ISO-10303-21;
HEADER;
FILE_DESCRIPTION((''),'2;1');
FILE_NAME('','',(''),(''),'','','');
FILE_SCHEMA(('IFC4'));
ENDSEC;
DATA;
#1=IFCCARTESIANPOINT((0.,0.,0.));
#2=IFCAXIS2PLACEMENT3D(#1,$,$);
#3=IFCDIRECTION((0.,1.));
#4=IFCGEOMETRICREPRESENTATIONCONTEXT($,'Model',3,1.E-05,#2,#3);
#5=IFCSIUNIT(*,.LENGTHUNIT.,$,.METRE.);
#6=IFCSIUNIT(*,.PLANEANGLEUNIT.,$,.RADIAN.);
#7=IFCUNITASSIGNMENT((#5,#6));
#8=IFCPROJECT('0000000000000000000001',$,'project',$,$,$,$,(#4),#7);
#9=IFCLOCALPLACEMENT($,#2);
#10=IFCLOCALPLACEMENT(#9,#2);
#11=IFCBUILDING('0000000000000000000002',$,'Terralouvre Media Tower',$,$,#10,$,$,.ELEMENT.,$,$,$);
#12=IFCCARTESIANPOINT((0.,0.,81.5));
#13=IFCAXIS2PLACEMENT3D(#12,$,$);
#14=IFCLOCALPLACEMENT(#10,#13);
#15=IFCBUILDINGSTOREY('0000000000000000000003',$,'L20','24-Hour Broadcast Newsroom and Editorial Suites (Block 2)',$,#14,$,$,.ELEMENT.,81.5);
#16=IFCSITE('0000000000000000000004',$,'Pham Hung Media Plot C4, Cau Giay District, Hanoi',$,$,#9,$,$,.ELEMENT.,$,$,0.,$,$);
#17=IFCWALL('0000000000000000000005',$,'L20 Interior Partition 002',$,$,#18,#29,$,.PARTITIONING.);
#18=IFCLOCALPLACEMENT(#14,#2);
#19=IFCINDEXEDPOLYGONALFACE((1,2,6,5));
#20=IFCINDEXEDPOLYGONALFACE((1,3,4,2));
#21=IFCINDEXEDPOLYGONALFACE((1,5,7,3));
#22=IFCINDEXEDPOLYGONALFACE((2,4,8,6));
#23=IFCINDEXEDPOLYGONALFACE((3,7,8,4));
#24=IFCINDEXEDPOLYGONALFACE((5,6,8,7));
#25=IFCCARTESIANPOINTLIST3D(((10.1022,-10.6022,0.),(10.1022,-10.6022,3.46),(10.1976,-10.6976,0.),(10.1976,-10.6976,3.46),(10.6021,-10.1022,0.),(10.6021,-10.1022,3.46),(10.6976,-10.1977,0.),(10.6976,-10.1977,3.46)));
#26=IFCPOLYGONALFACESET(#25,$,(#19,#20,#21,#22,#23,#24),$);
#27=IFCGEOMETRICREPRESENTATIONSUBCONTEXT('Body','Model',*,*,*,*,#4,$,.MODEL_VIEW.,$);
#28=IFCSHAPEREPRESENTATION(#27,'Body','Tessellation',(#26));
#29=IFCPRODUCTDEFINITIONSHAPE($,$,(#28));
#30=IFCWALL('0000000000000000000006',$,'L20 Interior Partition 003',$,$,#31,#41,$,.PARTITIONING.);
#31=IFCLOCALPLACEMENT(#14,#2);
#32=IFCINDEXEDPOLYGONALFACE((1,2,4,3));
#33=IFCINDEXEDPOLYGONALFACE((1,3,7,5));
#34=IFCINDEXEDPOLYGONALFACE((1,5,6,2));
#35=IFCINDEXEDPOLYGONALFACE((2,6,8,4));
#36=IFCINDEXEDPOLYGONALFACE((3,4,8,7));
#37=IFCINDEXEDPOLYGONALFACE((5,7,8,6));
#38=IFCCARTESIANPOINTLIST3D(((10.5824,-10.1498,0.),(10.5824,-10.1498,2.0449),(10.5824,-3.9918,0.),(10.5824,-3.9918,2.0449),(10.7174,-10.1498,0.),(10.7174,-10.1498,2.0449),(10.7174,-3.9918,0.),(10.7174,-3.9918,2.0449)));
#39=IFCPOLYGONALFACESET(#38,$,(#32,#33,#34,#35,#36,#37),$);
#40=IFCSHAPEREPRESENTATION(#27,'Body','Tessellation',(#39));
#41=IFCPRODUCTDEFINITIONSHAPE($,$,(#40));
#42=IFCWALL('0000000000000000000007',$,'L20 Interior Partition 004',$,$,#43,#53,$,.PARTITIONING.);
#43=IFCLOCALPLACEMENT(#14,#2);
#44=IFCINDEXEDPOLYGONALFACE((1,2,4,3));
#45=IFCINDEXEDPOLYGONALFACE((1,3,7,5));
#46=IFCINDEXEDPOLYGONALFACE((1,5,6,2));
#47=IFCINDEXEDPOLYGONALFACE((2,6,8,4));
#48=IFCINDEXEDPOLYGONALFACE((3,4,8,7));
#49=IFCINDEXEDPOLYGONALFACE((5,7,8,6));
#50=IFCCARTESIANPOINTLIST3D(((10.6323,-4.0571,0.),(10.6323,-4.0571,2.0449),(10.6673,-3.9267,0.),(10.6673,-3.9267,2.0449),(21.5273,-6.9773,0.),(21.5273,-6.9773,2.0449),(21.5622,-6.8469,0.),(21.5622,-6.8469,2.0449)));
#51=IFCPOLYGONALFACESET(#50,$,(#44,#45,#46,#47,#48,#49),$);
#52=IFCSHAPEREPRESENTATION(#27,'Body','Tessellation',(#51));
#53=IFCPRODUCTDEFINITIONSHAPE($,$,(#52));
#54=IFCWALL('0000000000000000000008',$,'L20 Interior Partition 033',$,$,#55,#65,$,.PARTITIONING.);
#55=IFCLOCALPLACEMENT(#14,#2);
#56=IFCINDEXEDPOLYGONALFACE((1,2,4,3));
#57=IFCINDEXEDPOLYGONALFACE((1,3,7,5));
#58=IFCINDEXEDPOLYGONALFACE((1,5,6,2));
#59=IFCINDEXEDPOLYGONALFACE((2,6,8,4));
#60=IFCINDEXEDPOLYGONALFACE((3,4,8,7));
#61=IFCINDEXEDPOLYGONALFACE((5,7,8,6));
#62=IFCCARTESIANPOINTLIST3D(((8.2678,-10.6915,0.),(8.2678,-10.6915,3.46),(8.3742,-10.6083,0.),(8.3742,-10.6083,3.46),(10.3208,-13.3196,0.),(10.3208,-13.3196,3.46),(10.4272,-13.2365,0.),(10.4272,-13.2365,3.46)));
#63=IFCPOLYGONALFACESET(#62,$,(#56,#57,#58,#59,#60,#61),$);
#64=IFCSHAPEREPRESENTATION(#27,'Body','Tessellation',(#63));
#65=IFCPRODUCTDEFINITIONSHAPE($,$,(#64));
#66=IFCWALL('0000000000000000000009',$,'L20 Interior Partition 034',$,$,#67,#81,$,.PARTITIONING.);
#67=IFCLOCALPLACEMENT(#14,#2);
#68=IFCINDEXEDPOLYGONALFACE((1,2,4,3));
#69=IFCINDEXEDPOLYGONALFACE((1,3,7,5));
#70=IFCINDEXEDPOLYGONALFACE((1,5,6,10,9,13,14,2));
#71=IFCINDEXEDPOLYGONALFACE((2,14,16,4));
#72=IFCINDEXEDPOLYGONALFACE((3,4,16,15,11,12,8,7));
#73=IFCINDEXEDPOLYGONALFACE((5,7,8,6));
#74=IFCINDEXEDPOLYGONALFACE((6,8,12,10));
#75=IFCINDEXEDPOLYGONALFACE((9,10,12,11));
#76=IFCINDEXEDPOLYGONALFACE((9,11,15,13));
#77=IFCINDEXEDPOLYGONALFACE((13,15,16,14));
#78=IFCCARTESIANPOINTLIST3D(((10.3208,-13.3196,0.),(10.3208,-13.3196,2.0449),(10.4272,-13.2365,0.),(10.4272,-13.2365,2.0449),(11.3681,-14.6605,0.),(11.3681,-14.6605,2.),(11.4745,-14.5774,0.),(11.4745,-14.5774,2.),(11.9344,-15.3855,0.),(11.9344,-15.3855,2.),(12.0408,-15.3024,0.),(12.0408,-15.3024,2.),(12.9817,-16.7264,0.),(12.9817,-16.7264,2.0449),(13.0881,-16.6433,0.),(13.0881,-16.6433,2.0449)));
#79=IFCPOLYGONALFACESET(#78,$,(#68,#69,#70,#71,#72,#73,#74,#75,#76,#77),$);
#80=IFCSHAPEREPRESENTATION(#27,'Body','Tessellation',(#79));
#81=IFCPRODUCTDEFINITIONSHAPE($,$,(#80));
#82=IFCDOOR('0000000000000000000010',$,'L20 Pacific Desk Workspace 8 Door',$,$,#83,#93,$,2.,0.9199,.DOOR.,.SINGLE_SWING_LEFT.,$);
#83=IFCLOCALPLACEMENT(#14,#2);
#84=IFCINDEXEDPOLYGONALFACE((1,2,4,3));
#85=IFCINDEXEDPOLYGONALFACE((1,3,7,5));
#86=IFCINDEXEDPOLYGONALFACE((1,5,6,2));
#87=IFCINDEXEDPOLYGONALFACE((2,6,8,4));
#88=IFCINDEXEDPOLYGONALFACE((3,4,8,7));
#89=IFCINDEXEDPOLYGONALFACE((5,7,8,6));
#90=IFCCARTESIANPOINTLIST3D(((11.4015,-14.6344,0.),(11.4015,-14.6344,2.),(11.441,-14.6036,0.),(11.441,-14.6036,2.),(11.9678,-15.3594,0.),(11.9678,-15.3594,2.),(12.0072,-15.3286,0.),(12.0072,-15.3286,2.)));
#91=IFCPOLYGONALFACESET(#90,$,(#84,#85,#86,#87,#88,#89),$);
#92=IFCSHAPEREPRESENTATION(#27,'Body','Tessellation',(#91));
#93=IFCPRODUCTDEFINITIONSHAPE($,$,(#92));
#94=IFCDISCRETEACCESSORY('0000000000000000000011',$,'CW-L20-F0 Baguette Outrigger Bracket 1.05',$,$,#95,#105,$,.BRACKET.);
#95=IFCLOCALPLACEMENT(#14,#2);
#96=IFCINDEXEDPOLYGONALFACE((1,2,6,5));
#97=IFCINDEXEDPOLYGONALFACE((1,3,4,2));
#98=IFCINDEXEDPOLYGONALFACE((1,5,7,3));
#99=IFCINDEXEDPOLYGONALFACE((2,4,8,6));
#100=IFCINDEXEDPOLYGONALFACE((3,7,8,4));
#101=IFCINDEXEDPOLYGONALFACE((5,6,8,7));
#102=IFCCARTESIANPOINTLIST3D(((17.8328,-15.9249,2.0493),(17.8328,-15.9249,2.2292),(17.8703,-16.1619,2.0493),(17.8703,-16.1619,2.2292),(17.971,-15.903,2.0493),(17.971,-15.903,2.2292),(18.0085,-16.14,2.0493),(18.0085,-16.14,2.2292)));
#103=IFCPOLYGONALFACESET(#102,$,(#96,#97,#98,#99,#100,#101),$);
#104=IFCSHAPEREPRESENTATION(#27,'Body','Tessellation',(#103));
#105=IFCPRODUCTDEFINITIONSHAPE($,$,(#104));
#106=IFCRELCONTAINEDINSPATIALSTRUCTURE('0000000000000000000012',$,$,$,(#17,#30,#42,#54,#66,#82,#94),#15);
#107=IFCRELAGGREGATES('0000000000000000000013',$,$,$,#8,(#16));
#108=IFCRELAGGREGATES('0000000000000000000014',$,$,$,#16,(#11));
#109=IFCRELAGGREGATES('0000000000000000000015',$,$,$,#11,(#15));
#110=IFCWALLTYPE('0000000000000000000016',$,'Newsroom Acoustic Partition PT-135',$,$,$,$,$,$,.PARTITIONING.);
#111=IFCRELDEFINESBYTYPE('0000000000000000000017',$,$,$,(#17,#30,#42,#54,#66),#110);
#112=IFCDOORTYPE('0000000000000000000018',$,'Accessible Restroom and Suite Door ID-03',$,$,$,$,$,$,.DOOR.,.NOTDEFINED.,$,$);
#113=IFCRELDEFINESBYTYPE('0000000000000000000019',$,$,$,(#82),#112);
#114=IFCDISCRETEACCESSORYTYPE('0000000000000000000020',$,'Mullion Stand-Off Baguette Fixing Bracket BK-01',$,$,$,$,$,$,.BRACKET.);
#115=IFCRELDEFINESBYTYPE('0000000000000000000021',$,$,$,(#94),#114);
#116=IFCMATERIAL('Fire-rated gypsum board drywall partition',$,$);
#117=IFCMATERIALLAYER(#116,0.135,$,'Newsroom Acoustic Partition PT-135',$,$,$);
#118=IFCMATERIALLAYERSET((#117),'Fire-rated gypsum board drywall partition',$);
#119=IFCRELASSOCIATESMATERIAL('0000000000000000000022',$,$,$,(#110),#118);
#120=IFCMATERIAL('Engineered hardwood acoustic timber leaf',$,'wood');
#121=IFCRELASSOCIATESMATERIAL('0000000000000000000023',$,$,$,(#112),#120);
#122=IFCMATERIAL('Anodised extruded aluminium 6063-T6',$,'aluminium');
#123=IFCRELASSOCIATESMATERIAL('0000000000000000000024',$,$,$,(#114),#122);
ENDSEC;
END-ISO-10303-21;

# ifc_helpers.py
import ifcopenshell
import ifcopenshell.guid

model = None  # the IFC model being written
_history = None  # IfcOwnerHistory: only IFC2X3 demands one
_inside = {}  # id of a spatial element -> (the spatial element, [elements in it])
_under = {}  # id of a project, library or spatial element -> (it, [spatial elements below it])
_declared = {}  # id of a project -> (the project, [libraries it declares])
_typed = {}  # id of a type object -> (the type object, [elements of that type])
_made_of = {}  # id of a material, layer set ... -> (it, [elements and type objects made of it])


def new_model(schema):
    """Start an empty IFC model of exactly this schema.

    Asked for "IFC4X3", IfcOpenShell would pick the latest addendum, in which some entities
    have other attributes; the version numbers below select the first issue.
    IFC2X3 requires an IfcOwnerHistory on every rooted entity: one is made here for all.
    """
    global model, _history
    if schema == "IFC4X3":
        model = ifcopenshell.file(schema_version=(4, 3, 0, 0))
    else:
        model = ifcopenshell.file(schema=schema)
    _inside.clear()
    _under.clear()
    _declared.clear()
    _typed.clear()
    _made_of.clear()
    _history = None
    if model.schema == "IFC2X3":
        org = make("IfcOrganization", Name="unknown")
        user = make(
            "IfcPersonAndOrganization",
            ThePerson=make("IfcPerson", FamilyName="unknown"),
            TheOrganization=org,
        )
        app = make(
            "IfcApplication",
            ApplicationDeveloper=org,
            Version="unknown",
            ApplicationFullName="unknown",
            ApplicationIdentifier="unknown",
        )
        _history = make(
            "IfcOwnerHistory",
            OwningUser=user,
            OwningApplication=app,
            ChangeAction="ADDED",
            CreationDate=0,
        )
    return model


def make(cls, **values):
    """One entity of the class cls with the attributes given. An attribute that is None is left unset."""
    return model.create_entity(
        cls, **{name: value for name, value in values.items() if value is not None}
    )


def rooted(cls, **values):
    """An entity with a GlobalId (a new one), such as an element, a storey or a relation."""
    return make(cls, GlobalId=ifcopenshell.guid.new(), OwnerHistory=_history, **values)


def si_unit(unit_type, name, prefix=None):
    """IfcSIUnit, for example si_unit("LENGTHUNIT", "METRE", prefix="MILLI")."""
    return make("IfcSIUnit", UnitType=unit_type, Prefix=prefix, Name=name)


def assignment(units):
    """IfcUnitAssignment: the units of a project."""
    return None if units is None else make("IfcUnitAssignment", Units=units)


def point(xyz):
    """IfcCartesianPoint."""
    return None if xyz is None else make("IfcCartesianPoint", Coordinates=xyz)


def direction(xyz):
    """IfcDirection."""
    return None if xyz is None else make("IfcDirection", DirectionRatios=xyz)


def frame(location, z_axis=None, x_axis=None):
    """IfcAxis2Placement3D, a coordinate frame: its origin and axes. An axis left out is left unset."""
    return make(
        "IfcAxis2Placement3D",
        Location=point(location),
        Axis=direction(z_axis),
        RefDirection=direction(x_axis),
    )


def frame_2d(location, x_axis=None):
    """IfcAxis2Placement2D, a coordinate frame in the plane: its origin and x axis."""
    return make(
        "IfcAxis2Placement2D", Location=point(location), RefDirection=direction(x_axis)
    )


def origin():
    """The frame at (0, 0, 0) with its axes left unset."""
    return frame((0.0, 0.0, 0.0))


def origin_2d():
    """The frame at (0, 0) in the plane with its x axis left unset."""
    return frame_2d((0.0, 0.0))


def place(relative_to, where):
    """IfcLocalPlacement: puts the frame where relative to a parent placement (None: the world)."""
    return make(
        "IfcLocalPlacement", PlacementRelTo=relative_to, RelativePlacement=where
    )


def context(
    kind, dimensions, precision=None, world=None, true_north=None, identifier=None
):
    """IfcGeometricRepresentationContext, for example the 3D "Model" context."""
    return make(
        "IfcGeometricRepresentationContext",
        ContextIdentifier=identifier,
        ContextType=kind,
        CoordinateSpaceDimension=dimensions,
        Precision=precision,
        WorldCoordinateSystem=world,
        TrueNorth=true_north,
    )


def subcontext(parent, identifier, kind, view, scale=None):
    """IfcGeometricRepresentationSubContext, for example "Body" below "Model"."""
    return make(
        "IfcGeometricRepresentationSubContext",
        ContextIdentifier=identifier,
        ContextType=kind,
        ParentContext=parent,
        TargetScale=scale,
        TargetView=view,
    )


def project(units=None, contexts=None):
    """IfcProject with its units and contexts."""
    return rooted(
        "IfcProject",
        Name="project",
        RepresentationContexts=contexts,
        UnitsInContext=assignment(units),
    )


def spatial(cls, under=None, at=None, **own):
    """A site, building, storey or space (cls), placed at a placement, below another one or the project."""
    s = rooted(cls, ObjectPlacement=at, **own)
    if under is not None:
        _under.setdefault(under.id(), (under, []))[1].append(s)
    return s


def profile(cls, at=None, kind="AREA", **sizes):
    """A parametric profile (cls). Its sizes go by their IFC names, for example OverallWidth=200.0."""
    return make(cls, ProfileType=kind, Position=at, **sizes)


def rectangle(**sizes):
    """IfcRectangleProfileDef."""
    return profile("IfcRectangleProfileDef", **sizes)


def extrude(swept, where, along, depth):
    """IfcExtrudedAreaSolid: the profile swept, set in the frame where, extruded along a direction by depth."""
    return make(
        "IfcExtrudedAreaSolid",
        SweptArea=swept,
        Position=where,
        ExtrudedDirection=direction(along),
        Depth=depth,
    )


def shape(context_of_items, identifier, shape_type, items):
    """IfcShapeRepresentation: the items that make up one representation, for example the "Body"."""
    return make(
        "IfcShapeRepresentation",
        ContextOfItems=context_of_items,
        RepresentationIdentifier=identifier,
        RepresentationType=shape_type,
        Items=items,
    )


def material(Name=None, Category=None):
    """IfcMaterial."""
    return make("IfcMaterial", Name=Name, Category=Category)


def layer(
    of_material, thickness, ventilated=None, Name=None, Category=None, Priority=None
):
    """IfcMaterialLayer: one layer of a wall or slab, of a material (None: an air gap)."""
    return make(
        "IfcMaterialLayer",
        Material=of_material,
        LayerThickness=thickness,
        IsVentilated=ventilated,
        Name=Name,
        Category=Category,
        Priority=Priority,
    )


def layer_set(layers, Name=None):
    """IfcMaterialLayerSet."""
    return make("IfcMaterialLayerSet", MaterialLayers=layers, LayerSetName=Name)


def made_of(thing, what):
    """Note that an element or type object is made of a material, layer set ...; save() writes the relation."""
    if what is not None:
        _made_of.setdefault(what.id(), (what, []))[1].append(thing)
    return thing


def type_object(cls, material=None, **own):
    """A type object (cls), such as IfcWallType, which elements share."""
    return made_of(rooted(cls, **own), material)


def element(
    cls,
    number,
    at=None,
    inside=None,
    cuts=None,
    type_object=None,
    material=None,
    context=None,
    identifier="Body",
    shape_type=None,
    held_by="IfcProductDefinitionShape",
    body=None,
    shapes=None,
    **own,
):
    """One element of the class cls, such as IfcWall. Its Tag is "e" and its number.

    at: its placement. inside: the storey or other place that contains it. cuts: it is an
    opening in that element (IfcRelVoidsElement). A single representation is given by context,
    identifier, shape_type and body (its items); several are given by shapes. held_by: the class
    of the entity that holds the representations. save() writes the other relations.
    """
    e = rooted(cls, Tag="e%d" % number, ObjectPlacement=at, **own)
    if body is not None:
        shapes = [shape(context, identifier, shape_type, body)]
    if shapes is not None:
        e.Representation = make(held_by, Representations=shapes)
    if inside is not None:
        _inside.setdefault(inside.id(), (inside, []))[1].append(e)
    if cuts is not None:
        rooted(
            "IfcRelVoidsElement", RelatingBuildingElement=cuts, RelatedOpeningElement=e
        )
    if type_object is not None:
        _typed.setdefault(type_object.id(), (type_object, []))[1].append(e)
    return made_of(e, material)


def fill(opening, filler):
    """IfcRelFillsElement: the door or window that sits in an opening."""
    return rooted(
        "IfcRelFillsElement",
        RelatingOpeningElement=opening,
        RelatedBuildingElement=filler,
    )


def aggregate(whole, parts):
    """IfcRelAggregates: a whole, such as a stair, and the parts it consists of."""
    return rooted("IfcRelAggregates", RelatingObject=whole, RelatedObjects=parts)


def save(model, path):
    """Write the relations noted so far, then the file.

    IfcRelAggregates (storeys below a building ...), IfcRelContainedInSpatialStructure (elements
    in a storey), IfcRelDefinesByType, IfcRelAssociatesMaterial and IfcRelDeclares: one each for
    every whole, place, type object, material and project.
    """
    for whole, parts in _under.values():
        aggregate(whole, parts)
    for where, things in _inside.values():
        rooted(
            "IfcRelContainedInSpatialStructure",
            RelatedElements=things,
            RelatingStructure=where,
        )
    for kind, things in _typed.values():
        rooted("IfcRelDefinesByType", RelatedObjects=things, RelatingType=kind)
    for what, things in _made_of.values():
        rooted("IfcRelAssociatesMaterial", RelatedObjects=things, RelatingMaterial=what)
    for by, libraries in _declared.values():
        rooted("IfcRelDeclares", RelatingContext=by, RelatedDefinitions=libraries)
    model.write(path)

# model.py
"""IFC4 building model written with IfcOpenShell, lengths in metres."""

from ifc_helpers import new_model, si_unit, direction, frame, frame_2d, origin, origin_2d, place, context, subcontext, project, spatial, rectangle, extrude, material, layer, layer_set, type_object, element, fill, save


model = new_model("IFC4")

# Units and contexts
model_context = context("Model", 3, precision=1e-05, world=origin(), true_north=direction((0.0, 1.0)))
body_context = subcontext(model_context, "Body", "Model", "MODEL_VIEW")
ifc_project = project(units=[si_unit("LENGTHUNIT", "METRE"), si_unit("PLANEANGLEUNIT", "RADIAN")], contexts=[model_context])

# Site, building, storey
site_placement = place(None, origin())
site = spatial("IfcSite", under=ifc_project, at=site_placement, Name="Pham Hung Media Plot C4, Cau Giay District, Hanoi", CompositionType="ELEMENT", RefElevation=0.0)
building_placement = place(site_placement, origin())
building = spatial("IfcBuilding", under=site, at=building_placement, Name="Terralouvre Media Tower", CompositionType="ELEMENT")
storey_placement = place(building_placement, frame((0.0, 0.0, 81.5)))
storey = spatial("IfcBuildingStorey", under=building, at=storey_placement, Name="L20", Description="24-Hour Broadcast Newsroom and Editorial Suites (Block 2)", CompositionType="ELEMENT", Elevation=81.5)

# Walls
ifc_material_1 = material(Name="Fire-rated gypsum board drywall partition")
ifc_layer_1 = layer(ifc_material_1, 0.135, Name="Newsroom Acoustic Partition PT-135")
ifc_layer_set_1 = layer_set([ifc_layer_1], Name="Fire-rated gypsum board drywall partition")
wall_type_1 = type_object("IfcWallType", Name="Newsroom Acoustic Partition PT-135", PredefinedType="PARTITIONING", material=ifc_layer_set_1)
wall_1_placement = place(storey_placement, frame((10.1499, -10.6499, 0.0), z_axis=(0.0, 0.0, 1.0), x_axis=(0.707107, 0.707107, 0.0)))
element("IfcWall", 1, at=wall_1_placement, inside=storey, type_object=wall_type_1, Name="L20 Interior Partition 002", PredefinedType="PARTITIONING", context=body_context, shape_type="SweptSolid", body=[
    extrude(rectangle(XDim=0.707, YDim=0.135, at=frame_2d((0.3535, 0.0))), origin(), (0.0, 0.0, 1.0), 3.46),
])
wall_2_placement = place(storey_placement, frame((10.6499, -10.1499, 0.0), z_axis=(0.0, 0.0, 1.0), x_axis=(0.0, 1.0, 0.0)))
element("IfcWall", 2, at=wall_2_placement, inside=storey, type_object=wall_type_1, Name="L20 Interior Partition 003", PredefinedType="PARTITIONING", context=body_context, shape_type="SweptSolid", body=[
    extrude(rectangle(XDim=6.158, YDim=0.135, at=frame_2d((3.0791, 0.0))), origin(), (0.0, 0.0, 1.0), 2.0449),
])
wall_3_placement = place(storey_placement, frame((10.6499, -3.9919, 0.0), z_axis=(0.0, 0.0, 1.0), x_axis=(0.965907, -0.25889, 0.0)))
element("IfcWall", 3, at=wall_3_placement, inside=storey, type_object=wall_type_1, Name="L20 Interior Partition 004", PredefinedType="PARTITIONING", context=body_context, shape_type="SweptSolid", body=[
    extrude(rectangle(XDim=11.2795, YDim=0.135, at=frame_2d((5.6396, 0.0))), origin(), (0.0, 0.0, 1.0), 2.0449),
])
wall_4_placement = place(storey_placement, frame((8.321, -10.6499, 0.0), z_axis=(0.0, 0.0, 1.0), x_axis=(0.615591, -0.788065, 0.0)))
element("IfcWall", 4, at=wall_4_placement, inside=storey, type_object=wall_type_1, Name="L20 Interior Partition 033", PredefinedType="PARTITIONING", context=body_context, shape_type="SweptSolid", body=[
    extrude(rectangle(XDim=3.335, YDim=0.135, at=frame_2d((1.6675, 0.0))), origin(), (0.0, 0.0, 1.0), 3.46),
])

# Wall, opening, door
wall_5_placement = place(storey_placement, frame((10.374, -13.2781, 0.0), z_axis=(0.0, 0.0, 1.0), x_axis=(0.615554, -0.788095, 0.0)))
wall_5 = element("IfcWall", 5, at=wall_5_placement, inside=storey, type_object=wall_type_1, Name="L20 Interior Partition 034", PredefinedType="PARTITIONING", context=body_context, shape_type="SweptSolid", body=[
    extrude(rectangle(XDim=4.3228, YDim=0.135, at=frame_2d((2.1614, 0.0))), origin(), (0.0, 0.0, 1.0), 2.0449),
])
opening_1_placement = place(wall_5_placement, frame((1.7014, 0.0, 0.0)))
opening_1 = element("IfcOpeningElement", 6, at=opening_1_placement, cuts=wall_5, PredefinedType="OPENING", context=body_context, shape_type="SweptSolid", body=[
    extrude(rectangle(XDim=0.9199, YDim=2.0, at=frame_2d((0.46, 1.0))), frame((0.0, 0.0774, 0.0), z_axis=(0.0, -1.0, 0.0), x_axis=(1.0, 0.0, 0.0)), (0.0, 0.0, 1.0), 0.155),
])
ifc_material_2 = material(Name="Engineered hardwood acoustic timber leaf", Category="wood")
door_type_1 = type_object("IfcDoorType", Name="Accessible Restroom and Suite Door ID-03", OperationType="NOTDEFINED", PredefinedType="DOOR", material=ifc_material_2)
door_1_placement = place(opening_1_placement, origin())
door_1 = element("IfcDoor", 7, at=door_1_placement, inside=storey, type_object=door_type_1, Name="L20 Pacific Desk Workspace 8 Door", OperationType="SINGLE_SWING_LEFT", OverallHeight=2.0, OverallWidth=0.9199, PredefinedType="DOOR", context=body_context, shape_type="SweptSolid", body=[
    extrude(rectangle(XDim=0.9199, YDim=2.0, at=frame_2d((0.46, 1.0))), frame((0.0, 0.0249, 0.0), z_axis=(0.0, -1.0, 0.0), x_axis=(1.0, 0.0, 0.0)), (0.0, 0.0, 1.0), 0.05),
])
fill(opening_1, door_1)

# Discrete accessory
ifc_material_3 = material(Name="Anodised extruded aluminium 6063-T6", Category="aluminium")
discrete_accessory_type = type_object("IfcDiscreteAccessoryType", Name="Mullion Stand-Off Baguette Fixing Bracket BK-01", PredefinedType="BRACKET", material=ifc_material_3)
discrete_accessory_placement = place(storey_placement, frame((17.9207, -16.0325, 2.0493), z_axis=(0.0, 0.0, 1.0), x_axis=(0.987688, 0.156434, 0.0)))
element("IfcDiscreteAccessory", 8, at=discrete_accessory_placement, inside=storey, type_object=discrete_accessory_type, Name="CW-L20-F0 Baguette Outrigger Bracket 1.05", PredefinedType="BRACKET", context=body_context, shape_type="SweptSolid", body=[
    extrude(rectangle(XDim=0.1399, YDim=0.24, at=origin_2d()), origin(), (0.0, 0.0, 1.0), 0.1799),
])

save(model, "model.ifc")
